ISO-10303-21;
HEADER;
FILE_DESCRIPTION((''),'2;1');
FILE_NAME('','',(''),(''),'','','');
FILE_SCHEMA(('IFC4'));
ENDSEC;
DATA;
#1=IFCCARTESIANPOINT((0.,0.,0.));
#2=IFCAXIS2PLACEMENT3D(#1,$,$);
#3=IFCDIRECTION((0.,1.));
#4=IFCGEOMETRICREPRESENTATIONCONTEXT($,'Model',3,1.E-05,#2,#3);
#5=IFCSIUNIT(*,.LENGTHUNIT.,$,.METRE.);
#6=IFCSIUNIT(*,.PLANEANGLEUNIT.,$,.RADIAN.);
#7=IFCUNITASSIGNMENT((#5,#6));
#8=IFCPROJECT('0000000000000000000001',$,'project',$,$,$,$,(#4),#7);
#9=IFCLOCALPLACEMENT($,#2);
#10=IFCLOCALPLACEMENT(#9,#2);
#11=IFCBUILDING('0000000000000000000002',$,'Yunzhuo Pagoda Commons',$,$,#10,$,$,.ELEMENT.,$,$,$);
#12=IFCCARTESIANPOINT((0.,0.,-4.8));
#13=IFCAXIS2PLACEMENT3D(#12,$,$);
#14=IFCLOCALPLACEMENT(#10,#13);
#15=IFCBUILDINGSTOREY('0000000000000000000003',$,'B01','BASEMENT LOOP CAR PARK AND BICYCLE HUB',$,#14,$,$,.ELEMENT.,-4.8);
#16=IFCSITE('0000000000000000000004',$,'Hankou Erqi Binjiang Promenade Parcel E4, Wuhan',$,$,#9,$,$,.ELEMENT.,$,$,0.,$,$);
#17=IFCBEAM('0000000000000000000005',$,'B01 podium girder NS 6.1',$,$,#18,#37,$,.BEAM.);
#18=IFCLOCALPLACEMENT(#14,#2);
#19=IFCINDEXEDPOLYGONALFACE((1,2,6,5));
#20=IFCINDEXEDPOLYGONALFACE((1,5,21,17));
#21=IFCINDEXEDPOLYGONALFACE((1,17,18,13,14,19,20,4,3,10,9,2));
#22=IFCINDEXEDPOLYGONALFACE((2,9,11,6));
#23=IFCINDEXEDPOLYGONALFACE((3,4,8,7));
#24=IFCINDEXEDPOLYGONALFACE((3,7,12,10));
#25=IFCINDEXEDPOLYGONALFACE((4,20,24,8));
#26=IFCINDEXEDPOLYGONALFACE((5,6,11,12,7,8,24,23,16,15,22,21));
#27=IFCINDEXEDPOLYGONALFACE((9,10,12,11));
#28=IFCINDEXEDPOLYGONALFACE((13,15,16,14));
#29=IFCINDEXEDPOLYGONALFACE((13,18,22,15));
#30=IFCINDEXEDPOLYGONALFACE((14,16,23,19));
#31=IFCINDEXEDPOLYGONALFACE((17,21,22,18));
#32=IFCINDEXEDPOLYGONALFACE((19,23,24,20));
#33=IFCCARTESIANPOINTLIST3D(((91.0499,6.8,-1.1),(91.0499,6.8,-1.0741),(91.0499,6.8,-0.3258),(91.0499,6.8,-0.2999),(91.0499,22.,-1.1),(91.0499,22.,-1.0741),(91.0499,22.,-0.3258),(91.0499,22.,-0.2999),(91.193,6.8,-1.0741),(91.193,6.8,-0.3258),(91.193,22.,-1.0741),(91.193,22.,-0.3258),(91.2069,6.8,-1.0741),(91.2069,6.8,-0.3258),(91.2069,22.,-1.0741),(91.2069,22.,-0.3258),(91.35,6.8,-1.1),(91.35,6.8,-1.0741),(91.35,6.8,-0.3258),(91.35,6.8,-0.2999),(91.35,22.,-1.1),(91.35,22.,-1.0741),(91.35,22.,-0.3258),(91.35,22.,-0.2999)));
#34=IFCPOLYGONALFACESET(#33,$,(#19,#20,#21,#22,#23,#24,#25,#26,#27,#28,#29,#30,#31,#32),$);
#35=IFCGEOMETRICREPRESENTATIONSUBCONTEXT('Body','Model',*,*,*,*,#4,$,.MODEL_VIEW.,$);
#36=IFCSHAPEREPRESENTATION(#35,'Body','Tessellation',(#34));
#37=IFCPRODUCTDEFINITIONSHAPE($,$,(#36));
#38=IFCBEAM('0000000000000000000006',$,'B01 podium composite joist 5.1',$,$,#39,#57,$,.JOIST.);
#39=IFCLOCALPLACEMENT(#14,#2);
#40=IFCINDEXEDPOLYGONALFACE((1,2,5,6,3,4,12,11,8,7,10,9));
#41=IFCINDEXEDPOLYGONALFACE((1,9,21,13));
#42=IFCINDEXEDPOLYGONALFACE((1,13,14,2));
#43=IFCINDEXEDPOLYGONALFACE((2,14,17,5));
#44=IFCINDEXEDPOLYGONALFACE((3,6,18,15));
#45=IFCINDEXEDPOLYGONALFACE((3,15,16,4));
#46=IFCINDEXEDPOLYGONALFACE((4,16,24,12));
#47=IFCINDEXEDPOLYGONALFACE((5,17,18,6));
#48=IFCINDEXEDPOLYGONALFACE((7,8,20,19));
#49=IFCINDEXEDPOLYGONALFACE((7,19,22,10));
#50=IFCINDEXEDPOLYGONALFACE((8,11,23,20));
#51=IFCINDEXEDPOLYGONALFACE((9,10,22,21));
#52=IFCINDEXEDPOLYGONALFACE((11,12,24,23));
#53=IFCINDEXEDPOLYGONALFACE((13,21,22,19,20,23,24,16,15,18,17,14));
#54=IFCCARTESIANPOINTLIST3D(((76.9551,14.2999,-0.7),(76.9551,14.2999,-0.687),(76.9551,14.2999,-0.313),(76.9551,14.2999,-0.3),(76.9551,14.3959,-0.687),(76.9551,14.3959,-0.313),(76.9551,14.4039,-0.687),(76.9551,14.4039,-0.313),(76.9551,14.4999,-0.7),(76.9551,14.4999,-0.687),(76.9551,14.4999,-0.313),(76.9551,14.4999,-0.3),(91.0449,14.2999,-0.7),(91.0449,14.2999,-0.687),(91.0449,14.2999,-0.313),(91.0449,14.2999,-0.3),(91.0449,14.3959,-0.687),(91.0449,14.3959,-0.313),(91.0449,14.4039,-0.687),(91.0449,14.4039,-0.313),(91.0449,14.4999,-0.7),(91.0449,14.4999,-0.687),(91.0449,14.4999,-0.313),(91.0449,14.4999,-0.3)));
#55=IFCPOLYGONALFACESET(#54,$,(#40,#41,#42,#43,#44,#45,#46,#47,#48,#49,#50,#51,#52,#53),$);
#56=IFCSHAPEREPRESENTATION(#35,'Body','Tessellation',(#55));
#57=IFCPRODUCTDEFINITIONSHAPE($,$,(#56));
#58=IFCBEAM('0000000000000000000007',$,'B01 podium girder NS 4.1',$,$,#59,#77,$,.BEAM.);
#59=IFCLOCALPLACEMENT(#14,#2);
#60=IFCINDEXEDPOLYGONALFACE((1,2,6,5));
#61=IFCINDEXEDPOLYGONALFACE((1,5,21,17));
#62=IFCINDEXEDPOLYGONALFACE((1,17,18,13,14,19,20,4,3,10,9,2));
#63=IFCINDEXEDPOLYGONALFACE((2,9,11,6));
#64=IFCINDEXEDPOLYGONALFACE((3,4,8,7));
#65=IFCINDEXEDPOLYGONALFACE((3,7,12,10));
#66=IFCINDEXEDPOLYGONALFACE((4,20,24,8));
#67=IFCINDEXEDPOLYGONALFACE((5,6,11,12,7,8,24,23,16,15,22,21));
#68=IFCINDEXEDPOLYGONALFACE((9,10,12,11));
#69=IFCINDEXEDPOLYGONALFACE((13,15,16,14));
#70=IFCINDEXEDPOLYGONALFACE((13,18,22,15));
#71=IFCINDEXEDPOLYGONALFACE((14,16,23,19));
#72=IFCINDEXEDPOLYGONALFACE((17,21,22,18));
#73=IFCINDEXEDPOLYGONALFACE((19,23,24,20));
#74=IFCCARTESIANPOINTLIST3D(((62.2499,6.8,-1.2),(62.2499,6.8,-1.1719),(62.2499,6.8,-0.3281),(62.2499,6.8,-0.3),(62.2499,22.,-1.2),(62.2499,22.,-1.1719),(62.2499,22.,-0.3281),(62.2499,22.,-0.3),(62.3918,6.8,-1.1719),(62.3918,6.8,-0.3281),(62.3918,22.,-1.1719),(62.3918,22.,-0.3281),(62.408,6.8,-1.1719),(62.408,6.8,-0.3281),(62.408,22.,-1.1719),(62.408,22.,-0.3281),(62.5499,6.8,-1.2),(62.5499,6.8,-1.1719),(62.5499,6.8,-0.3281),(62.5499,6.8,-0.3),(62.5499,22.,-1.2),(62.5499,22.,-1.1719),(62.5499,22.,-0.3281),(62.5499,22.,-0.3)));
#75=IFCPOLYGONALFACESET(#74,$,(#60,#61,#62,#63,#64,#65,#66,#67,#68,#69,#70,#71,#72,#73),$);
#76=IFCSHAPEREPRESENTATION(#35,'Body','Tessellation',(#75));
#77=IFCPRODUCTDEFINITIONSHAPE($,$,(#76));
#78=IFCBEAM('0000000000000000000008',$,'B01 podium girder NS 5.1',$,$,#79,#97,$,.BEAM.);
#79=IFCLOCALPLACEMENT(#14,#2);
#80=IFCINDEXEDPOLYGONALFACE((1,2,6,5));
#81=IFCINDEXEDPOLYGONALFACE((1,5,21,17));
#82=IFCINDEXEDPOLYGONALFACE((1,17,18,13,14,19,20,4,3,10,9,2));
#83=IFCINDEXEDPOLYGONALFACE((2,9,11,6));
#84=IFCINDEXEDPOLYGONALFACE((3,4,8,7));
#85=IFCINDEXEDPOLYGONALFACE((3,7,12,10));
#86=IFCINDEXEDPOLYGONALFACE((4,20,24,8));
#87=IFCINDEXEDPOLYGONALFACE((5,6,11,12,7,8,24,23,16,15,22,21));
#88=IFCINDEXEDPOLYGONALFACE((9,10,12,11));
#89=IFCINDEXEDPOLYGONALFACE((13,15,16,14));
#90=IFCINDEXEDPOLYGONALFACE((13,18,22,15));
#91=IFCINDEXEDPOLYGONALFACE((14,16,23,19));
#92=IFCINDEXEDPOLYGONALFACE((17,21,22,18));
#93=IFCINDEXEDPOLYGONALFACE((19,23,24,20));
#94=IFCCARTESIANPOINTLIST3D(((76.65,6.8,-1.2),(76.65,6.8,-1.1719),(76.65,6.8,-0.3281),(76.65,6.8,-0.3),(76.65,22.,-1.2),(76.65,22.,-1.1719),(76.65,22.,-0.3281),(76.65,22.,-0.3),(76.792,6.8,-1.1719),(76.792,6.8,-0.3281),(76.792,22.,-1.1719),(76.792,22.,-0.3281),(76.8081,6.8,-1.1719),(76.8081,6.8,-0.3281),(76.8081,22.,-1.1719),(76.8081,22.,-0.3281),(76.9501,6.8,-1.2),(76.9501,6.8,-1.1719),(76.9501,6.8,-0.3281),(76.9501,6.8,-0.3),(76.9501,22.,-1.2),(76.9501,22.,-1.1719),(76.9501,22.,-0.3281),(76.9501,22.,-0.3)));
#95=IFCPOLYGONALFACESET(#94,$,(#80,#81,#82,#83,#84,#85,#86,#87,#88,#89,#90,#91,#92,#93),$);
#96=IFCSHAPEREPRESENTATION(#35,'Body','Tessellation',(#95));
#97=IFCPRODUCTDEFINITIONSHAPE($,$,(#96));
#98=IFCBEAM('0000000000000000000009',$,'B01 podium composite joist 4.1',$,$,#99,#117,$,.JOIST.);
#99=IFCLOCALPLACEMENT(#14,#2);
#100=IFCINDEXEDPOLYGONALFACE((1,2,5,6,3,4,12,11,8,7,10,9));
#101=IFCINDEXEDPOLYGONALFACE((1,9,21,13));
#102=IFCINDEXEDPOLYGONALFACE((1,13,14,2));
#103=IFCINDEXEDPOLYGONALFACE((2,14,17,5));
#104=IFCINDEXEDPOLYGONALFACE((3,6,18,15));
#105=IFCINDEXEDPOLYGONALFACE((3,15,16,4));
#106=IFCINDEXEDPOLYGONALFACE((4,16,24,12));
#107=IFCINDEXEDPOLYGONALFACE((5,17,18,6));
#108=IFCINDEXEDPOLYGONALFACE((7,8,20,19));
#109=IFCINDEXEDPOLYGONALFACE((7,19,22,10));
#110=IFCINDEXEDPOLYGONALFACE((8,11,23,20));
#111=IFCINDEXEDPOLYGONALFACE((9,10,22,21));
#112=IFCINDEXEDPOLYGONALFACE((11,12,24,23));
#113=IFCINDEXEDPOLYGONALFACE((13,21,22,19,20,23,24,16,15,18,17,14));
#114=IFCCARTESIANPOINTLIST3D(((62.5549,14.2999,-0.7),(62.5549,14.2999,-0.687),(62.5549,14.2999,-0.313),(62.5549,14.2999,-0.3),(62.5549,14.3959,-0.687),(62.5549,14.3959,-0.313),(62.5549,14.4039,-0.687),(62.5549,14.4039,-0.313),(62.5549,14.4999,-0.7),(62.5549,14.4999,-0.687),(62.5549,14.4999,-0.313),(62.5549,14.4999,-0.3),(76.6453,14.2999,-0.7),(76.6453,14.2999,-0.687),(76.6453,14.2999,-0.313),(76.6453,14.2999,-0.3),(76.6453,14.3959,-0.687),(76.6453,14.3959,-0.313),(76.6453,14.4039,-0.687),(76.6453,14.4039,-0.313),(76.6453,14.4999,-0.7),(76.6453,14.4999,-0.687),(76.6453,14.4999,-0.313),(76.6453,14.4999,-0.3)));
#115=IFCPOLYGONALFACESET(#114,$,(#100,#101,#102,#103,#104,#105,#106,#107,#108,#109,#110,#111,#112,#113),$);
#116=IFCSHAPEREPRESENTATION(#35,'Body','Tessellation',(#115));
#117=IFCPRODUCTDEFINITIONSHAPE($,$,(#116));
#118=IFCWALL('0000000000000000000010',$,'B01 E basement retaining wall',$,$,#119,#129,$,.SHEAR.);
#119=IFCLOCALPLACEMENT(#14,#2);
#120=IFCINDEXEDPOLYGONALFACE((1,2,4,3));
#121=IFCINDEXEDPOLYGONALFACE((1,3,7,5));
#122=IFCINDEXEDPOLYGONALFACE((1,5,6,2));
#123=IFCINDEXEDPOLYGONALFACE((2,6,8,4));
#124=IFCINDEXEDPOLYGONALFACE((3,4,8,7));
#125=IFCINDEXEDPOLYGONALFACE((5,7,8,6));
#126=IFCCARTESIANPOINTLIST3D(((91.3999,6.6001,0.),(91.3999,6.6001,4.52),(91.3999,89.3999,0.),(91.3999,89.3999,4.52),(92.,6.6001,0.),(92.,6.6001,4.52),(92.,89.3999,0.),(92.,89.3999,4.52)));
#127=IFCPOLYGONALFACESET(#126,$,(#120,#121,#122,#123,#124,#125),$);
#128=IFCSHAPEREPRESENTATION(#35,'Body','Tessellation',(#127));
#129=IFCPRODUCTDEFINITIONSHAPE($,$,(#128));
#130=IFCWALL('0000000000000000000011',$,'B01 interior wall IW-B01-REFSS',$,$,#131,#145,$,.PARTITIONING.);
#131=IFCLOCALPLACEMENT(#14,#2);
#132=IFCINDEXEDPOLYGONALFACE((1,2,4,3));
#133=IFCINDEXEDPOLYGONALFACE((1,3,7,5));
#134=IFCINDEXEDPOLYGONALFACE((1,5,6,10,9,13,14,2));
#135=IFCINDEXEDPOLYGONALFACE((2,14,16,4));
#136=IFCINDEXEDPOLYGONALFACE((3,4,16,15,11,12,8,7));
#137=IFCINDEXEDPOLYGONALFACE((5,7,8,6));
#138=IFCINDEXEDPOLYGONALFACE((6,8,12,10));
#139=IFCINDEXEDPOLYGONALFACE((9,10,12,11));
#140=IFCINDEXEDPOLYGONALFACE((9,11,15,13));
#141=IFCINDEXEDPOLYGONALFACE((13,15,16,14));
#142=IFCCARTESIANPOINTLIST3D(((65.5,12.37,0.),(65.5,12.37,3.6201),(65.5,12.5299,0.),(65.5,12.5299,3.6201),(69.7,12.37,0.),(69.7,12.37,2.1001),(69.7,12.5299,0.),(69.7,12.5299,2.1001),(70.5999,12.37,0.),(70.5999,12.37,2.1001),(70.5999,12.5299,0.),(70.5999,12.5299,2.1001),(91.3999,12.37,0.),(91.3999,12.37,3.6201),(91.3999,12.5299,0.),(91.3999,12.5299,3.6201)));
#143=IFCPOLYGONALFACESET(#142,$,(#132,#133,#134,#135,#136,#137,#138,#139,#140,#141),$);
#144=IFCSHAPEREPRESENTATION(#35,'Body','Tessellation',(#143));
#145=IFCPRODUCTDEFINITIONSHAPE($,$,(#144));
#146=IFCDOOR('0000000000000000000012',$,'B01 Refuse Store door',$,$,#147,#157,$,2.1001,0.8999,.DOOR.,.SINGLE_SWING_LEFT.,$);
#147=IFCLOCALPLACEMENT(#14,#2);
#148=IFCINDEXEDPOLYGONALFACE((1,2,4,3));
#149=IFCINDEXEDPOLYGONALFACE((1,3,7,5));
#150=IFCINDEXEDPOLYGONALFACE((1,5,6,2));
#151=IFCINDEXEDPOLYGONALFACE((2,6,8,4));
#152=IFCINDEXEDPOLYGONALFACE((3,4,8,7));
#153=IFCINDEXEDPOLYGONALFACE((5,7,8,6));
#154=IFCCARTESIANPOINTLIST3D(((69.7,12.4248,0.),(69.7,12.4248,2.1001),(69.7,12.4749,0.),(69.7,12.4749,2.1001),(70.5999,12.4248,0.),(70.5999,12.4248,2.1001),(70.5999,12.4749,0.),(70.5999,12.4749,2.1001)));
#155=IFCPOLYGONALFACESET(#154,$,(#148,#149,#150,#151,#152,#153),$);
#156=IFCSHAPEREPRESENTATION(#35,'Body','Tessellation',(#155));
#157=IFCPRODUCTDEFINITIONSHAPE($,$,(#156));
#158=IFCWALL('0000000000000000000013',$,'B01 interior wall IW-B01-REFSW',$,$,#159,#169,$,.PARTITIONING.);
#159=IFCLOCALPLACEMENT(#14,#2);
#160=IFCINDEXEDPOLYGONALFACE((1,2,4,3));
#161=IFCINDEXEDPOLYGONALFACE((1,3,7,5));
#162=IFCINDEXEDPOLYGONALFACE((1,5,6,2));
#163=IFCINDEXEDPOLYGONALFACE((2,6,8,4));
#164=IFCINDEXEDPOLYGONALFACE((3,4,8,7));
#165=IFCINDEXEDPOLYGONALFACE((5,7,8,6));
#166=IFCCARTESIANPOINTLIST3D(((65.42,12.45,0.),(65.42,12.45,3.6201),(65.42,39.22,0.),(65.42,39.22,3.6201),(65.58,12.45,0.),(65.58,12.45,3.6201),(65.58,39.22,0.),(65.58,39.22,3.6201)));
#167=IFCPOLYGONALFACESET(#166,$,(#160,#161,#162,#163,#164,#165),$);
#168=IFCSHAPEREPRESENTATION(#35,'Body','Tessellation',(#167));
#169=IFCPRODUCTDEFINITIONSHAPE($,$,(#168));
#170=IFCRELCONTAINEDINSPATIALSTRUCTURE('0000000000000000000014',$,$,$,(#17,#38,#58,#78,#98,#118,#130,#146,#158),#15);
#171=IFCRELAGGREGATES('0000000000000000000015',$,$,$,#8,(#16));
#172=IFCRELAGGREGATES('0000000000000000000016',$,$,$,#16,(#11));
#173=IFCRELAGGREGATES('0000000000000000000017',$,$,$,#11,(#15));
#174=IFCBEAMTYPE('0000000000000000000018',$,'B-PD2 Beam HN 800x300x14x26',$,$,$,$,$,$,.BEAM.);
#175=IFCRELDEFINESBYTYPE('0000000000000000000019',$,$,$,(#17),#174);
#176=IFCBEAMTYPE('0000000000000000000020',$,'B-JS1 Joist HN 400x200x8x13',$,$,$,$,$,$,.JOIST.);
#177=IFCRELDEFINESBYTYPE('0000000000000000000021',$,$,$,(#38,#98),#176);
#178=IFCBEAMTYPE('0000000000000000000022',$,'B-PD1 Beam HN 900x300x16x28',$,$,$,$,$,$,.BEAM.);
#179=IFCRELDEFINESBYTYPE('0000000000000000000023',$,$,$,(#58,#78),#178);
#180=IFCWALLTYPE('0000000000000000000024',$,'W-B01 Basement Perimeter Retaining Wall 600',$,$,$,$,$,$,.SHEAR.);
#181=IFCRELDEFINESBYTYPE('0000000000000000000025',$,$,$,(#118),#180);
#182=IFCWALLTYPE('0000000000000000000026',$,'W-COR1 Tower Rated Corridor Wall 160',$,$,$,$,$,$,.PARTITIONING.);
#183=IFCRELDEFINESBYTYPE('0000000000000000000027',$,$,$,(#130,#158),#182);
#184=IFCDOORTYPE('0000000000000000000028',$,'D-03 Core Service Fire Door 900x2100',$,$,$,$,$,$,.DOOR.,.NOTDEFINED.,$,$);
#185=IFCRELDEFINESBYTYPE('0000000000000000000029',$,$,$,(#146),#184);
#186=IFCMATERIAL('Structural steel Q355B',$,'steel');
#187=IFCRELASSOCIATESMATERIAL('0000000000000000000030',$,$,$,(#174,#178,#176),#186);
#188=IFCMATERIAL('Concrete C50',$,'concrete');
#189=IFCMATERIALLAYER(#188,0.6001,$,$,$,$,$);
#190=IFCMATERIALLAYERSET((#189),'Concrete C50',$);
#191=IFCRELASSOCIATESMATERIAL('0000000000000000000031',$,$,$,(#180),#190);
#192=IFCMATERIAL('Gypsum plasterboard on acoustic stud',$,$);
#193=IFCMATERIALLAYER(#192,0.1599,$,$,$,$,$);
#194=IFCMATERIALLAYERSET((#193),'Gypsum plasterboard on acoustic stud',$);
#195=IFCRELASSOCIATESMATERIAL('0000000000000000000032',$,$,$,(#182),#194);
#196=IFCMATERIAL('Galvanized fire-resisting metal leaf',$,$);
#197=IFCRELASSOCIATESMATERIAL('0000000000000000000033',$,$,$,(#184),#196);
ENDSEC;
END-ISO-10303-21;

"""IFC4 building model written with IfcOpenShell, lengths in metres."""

from ifc_helpers import new_model, si_unit, direction, frame, frame_2d, origin, origin_with_axes, origin_2d, place, context, subcontext, project, spatial, rectangle, i_section, extrude, source, transform, mapped, material, layer, layer_set, material_profile, profile_set, type_object, element, fill, save


model = new_model("IFC4")

# Units and contexts
model_context = context("Model", 3, precision=1e-05, world=origin(), true_north=direction((0.0, 1.0)))
body_context = subcontext(model_context, "Body", "Model", "MODEL_VIEW")
ifc_project = project(units=[si_unit("LENGTHUNIT", "METRE"), si_unit("PLANEANGLEUNIT", "RADIAN")], contexts=[model_context])

# Site, building, storey
site_placement = place(None, origin())
site = spatial("IfcSite", under=ifc_project, at=site_placement, Name="Hankou Erqi Binjiang Promenade Parcel E4, Wuhan", CompositionType="ELEMENT", RefElevation=0.0)
building_placement = place(site_placement, origin())
building = spatial("IfcBuilding", under=site, at=building_placement, Name="Yunzhuo Pagoda Commons", CompositionType="ELEMENT")
storey_placement = place(building_placement, frame((0.0, 0.0, -4.8)))
storey = spatial("IfcBuildingStorey", under=building, at=storey_placement, Name="B01", Description="BASEMENT LOOP CAR PARK AND BICYCLE HUB", CompositionType="ELEMENT", Elevation=-4.8)

# Shared definitions
ifc_material_1 = material(Name="Concrete C50", Category="concrete")

# Beams
ifc_material_2 = material(Name="Structural steel Q355B", Category="steel")
ifc_material_profile_1 = material_profile(ifc_material_2, i_section(OverallWidth=0.3, OverallDepth=0.8, WebThickness=0.0139, FlangeThickness=0.0259, at=origin_2d()), Name="Structural steel Q355B")
ifc_profile_set_1 = profile_set([ifc_material_profile_1], Name="Structural steel Q355B")
beam_type_1 = type_object("IfcBeamType", Name="B-PD2 Beam HN 800x300x14x26", PredefinedType="BEAM", material=ifc_profile_set_1)
ifc_material_profile_2 = material_profile(ifc_material_2, i_section(OverallWidth=0.3, OverallDepth=0.8999, WebThickness=0.0161, FlangeThickness=0.0281, at=origin_2d()), Name="Structural steel Q355B")
ifc_profile_set_2 = profile_set([ifc_material_profile_2], Name="Structural steel Q355B")
beam_type_2 = type_object("IfcBeamType", Name="B-PD1 Beam HN 900x300x16x28", PredefinedType="BEAM", material=ifc_profile_set_2)
shared_shape_1 = source(origin(), body_context, "Body", "SweptSolid", [
    extrude(i_section(OverallWidth=0.3, OverallDepth=0.8, WebThickness=0.0139, FlangeThickness=0.0259, at=origin_2d()), origin(), (0.0, 0.0, 1.0), 15.2),
])
beam_1_placement = place(storey_placement, frame((91.2, 6.8, -0.7), z_axis=(0.0, 1.0, 0.0), x_axis=(-1.0, 0.0, 0.0)))
element("IfcBeam", 1, at=beam_1_placement, inside=storey, type_object=beam_type_1, Name="B01 podium girder NS 6.1", PredefinedType="BEAM", context=body_context, shape_type="MappedRepresentation", body=[
    mapped(shared_shape_1, transform((0.0, 0.0, 0.0), scale=1.0)),
])
ifc_material_profile_3 = material_profile(ifc_material_2, i_section(OverallWidth=0.2, OverallDepth=0.3999, WebThickness=0.0081, FlangeThickness=0.0129, at=origin_2d()), Name="Structural steel Q355B")
ifc_profile_set_3 = profile_set([ifc_material_profile_3], Name="Structural steel Q355B")
beam_type_3 = type_object("IfcBeamType", Name="B-JS1 Joist HN 400x200x8x13", PredefinedType="JOIST", material=ifc_profile_set_3)
shared_shape_2 = source(origin(), body_context, "Body", "SweptSolid", [
    extrude(i_section(OverallWidth=0.2, OverallDepth=0.3999, WebThickness=0.0081, FlangeThickness=0.0129, at=origin_2d()), origin(), (0.0, 0.0, 1.0), 14.0898),
])
beam_2_placement = place(storey_placement, frame((76.9551, 14.3999, -0.5), z_axis=(1.0, 0.0, 0.0), x_axis=(0.0, 1.0, 0.0)))
element("IfcBeam", 2, at=beam_2_placement, inside=storey, type_object=beam_type_3, Name="B01 podium composite joist 5.1", PredefinedType="JOIST", context=body_context, shape_type="MappedRepresentation", body=[
    mapped(shared_shape_2, transform((0.0, 0.0, 0.0), scale=1.0)),
])
shared_shape_3 = source(origin(), body_context, "Body", "SweptSolid", [
    extrude(i_section(OverallWidth=0.3, OverallDepth=0.8999, WebThickness=0.0161, FlangeThickness=0.0281, at=origin_2d()), origin(), (0.0, 0.0, 1.0), 15.2),
])
for number, where, z_axis, x_axis, name in (
    (3, (62.3999, 6.8, -0.75), (0.0, 1.0, 0.0), (-1.0, 0.0, 0.0), "B01 podium girder NS 4.1"),
    (4, (76.8, 6.8, -0.75), (0.0, 1.0, 0.0), (-1.0, 0.0, 0.0), "B01 podium girder NS 5.1"),
):
    element("IfcBeam", number, at=place(storey_placement, frame(where, z_axis=z_axis, x_axis=x_axis)), inside=storey, type_object=beam_type_2, Name=name, PredefinedType="BEAM", context=body_context, shape_type="MappedRepresentation", body=[
        mapped(shared_shape_3, transform((0.0, 0.0, 0.0), scale=1.0)),
    ])
shared_shape_4 = source(origin(), body_context, "Body", "SweptSolid", [
    extrude(i_section(OverallWidth=0.2, OverallDepth=0.3999, WebThickness=0.0081, FlangeThickness=0.0129, at=origin_2d()), origin(), (0.0, 0.0, 1.0), 14.0903),
])
beam_3_placement = place(storey_placement, frame((62.5549, 14.3999, -0.5), z_axis=(1.0, 0.0, 0.0), x_axis=(0.0, 1.0, 0.0)))
element("IfcBeam", 5, at=beam_3_placement, inside=storey, type_object=beam_type_3, Name="B01 podium composite joist 4.1", PredefinedType="JOIST", context=body_context, shape_type="MappedRepresentation", body=[
    mapped(shared_shape_4, transform((0.0, 0.0, 0.0), scale=1.0)),
])

# Wall
ifc_layer_1 = layer(ifc_material_1, 0.6001)
ifc_layer_set_1 = layer_set([ifc_layer_1], Name="Concrete C50")
wall_type_1 = type_object("IfcWallType", Name="W-B01 Basement Perimeter Retaining Wall 600", PredefinedType="SHEAR", material=ifc_layer_set_1)
wall_1_placement = place(storey_placement, frame((91.7, 6.6001, 0.0), z_axis=(0.0, 0.0, 1.0), x_axis=(0.0, 1.0, 0.0)))
element("IfcWall", 6, at=wall_1_placement, inside=storey, type_object=wall_type_1, Name="B01 E basement retaining wall", PredefinedType="SHEAR", context=body_context, shape_type="SweptSolid", body=[
    extrude(rectangle(XDim=82.7998, YDim=0.6001, at=frame_2d((41.3999, 0.0))), origin(), (0.0, 0.0, 1.0), 4.52),
])

# Wall, opening, door
ifc_material_3 = material(Name="Gypsum plasterboard on acoustic stud")
ifc_layer_2 = layer(ifc_material_3, 0.1599)
ifc_layer_set_2 = layer_set([ifc_layer_2], Name="Gypsum plasterboard on acoustic stud")
wall_type_2 = type_object("IfcWallType", Name="W-COR1 Tower Rated Corridor Wall 160", PredefinedType="PARTITIONING", material=ifc_layer_set_2)
wall_2_placement = place(storey_placement, frame((65.5, 12.45, 0.0), z_axis=(0.0, 0.0, 1.0), x_axis=(1.0, 0.0, 0.0)))
wall_2 = element("IfcWall", 7, at=wall_2_placement, inside=storey, type_object=wall_type_2, Name="B01 interior wall IW-B01-REFSS", PredefinedType="PARTITIONING", context=body_context, shape_type="SweptSolid", body=[
    extrude(rectangle(XDim=25.8999, YDim=0.1599, at=frame_2d((12.95, 0.0))), origin(), (0.0, 0.0, 1.0), 3.6201),
])
opening_placement = place(wall_2_placement, frame((4.2, 0.0, 0.0)))
opening = element("IfcOpeningElement", 8, at=opening_placement, cuts=wall_2, PredefinedType="OPENING", context=body_context, shape_type="SweptSolid", body=[
    extrude(rectangle(XDim=0.8999, YDim=2.1001, at=frame_2d((0.45, 1.05))), frame((0.0, 0.0898, 0.0), z_axis=(0.0, -1.0, 0.0), x_axis=(1.0, 0.0, 0.0)), (0.0, 0.0, 1.0), 0.1799),
])
ifc_material_4 = material(Name="Galvanized fire-resisting metal leaf")
door_type = type_object("IfcDoorType", Name="D-03 Core Service Fire Door 900x2100", OperationType="NOTDEFINED", PredefinedType="DOOR", material=ifc_material_4)
shared_shape_5 = source(origin(), body_context, "Body", "SweptSolid", [
    extrude(rectangle(XDim=0.8999, YDim=2.1001, at=frame_2d((0.45, 1.05))), frame((0.0, 0.0249, 0.0), z_axis=(0.0, -1.0, 0.0), x_axis=(1.0, 0.0, 0.0)), (0.0, 0.0, 1.0), 0.05),
])
door_placement = place(opening_placement, origin_with_axes())
door = element("IfcDoor", 9, at=door_placement, inside=storey, type_object=door_type, Name="B01 Refuse Store door", OperationType="SINGLE_SWING_LEFT", OverallHeight=2.1001, OverallWidth=0.8999, PredefinedType="DOOR", context=body_context, shape_type="MappedRepresentation", body=[
    mapped(shared_shape_5, transform((0.0, 0.0, 0.0), scale=1.0)),
])
fill(opening, door)

# Wall
for number, where, z_axis, x_axis, name in (
    (10, (65.5, 12.45, 0.0), (0.0, 0.0, 1.0), (0.0, 1.0, 0.0), "B01 interior wall IW-B01-REFSW"),
):
    element("IfcWall", number, at=place(storey_placement, frame(where, z_axis=z_axis, x_axis=x_axis)), inside=storey, type_object=wall_type_2, Name=name, PredefinedType="PARTITIONING", context=body_context, shape_type="SweptSolid", body=[
        extrude(rectangle(XDim=26.77, YDim=0.1599, at=frame_2d((13.385, 0.0))), origin(), (0.0, 0.0, 1.0), 3.6201),
    ])

save(model, "model.ifc")
